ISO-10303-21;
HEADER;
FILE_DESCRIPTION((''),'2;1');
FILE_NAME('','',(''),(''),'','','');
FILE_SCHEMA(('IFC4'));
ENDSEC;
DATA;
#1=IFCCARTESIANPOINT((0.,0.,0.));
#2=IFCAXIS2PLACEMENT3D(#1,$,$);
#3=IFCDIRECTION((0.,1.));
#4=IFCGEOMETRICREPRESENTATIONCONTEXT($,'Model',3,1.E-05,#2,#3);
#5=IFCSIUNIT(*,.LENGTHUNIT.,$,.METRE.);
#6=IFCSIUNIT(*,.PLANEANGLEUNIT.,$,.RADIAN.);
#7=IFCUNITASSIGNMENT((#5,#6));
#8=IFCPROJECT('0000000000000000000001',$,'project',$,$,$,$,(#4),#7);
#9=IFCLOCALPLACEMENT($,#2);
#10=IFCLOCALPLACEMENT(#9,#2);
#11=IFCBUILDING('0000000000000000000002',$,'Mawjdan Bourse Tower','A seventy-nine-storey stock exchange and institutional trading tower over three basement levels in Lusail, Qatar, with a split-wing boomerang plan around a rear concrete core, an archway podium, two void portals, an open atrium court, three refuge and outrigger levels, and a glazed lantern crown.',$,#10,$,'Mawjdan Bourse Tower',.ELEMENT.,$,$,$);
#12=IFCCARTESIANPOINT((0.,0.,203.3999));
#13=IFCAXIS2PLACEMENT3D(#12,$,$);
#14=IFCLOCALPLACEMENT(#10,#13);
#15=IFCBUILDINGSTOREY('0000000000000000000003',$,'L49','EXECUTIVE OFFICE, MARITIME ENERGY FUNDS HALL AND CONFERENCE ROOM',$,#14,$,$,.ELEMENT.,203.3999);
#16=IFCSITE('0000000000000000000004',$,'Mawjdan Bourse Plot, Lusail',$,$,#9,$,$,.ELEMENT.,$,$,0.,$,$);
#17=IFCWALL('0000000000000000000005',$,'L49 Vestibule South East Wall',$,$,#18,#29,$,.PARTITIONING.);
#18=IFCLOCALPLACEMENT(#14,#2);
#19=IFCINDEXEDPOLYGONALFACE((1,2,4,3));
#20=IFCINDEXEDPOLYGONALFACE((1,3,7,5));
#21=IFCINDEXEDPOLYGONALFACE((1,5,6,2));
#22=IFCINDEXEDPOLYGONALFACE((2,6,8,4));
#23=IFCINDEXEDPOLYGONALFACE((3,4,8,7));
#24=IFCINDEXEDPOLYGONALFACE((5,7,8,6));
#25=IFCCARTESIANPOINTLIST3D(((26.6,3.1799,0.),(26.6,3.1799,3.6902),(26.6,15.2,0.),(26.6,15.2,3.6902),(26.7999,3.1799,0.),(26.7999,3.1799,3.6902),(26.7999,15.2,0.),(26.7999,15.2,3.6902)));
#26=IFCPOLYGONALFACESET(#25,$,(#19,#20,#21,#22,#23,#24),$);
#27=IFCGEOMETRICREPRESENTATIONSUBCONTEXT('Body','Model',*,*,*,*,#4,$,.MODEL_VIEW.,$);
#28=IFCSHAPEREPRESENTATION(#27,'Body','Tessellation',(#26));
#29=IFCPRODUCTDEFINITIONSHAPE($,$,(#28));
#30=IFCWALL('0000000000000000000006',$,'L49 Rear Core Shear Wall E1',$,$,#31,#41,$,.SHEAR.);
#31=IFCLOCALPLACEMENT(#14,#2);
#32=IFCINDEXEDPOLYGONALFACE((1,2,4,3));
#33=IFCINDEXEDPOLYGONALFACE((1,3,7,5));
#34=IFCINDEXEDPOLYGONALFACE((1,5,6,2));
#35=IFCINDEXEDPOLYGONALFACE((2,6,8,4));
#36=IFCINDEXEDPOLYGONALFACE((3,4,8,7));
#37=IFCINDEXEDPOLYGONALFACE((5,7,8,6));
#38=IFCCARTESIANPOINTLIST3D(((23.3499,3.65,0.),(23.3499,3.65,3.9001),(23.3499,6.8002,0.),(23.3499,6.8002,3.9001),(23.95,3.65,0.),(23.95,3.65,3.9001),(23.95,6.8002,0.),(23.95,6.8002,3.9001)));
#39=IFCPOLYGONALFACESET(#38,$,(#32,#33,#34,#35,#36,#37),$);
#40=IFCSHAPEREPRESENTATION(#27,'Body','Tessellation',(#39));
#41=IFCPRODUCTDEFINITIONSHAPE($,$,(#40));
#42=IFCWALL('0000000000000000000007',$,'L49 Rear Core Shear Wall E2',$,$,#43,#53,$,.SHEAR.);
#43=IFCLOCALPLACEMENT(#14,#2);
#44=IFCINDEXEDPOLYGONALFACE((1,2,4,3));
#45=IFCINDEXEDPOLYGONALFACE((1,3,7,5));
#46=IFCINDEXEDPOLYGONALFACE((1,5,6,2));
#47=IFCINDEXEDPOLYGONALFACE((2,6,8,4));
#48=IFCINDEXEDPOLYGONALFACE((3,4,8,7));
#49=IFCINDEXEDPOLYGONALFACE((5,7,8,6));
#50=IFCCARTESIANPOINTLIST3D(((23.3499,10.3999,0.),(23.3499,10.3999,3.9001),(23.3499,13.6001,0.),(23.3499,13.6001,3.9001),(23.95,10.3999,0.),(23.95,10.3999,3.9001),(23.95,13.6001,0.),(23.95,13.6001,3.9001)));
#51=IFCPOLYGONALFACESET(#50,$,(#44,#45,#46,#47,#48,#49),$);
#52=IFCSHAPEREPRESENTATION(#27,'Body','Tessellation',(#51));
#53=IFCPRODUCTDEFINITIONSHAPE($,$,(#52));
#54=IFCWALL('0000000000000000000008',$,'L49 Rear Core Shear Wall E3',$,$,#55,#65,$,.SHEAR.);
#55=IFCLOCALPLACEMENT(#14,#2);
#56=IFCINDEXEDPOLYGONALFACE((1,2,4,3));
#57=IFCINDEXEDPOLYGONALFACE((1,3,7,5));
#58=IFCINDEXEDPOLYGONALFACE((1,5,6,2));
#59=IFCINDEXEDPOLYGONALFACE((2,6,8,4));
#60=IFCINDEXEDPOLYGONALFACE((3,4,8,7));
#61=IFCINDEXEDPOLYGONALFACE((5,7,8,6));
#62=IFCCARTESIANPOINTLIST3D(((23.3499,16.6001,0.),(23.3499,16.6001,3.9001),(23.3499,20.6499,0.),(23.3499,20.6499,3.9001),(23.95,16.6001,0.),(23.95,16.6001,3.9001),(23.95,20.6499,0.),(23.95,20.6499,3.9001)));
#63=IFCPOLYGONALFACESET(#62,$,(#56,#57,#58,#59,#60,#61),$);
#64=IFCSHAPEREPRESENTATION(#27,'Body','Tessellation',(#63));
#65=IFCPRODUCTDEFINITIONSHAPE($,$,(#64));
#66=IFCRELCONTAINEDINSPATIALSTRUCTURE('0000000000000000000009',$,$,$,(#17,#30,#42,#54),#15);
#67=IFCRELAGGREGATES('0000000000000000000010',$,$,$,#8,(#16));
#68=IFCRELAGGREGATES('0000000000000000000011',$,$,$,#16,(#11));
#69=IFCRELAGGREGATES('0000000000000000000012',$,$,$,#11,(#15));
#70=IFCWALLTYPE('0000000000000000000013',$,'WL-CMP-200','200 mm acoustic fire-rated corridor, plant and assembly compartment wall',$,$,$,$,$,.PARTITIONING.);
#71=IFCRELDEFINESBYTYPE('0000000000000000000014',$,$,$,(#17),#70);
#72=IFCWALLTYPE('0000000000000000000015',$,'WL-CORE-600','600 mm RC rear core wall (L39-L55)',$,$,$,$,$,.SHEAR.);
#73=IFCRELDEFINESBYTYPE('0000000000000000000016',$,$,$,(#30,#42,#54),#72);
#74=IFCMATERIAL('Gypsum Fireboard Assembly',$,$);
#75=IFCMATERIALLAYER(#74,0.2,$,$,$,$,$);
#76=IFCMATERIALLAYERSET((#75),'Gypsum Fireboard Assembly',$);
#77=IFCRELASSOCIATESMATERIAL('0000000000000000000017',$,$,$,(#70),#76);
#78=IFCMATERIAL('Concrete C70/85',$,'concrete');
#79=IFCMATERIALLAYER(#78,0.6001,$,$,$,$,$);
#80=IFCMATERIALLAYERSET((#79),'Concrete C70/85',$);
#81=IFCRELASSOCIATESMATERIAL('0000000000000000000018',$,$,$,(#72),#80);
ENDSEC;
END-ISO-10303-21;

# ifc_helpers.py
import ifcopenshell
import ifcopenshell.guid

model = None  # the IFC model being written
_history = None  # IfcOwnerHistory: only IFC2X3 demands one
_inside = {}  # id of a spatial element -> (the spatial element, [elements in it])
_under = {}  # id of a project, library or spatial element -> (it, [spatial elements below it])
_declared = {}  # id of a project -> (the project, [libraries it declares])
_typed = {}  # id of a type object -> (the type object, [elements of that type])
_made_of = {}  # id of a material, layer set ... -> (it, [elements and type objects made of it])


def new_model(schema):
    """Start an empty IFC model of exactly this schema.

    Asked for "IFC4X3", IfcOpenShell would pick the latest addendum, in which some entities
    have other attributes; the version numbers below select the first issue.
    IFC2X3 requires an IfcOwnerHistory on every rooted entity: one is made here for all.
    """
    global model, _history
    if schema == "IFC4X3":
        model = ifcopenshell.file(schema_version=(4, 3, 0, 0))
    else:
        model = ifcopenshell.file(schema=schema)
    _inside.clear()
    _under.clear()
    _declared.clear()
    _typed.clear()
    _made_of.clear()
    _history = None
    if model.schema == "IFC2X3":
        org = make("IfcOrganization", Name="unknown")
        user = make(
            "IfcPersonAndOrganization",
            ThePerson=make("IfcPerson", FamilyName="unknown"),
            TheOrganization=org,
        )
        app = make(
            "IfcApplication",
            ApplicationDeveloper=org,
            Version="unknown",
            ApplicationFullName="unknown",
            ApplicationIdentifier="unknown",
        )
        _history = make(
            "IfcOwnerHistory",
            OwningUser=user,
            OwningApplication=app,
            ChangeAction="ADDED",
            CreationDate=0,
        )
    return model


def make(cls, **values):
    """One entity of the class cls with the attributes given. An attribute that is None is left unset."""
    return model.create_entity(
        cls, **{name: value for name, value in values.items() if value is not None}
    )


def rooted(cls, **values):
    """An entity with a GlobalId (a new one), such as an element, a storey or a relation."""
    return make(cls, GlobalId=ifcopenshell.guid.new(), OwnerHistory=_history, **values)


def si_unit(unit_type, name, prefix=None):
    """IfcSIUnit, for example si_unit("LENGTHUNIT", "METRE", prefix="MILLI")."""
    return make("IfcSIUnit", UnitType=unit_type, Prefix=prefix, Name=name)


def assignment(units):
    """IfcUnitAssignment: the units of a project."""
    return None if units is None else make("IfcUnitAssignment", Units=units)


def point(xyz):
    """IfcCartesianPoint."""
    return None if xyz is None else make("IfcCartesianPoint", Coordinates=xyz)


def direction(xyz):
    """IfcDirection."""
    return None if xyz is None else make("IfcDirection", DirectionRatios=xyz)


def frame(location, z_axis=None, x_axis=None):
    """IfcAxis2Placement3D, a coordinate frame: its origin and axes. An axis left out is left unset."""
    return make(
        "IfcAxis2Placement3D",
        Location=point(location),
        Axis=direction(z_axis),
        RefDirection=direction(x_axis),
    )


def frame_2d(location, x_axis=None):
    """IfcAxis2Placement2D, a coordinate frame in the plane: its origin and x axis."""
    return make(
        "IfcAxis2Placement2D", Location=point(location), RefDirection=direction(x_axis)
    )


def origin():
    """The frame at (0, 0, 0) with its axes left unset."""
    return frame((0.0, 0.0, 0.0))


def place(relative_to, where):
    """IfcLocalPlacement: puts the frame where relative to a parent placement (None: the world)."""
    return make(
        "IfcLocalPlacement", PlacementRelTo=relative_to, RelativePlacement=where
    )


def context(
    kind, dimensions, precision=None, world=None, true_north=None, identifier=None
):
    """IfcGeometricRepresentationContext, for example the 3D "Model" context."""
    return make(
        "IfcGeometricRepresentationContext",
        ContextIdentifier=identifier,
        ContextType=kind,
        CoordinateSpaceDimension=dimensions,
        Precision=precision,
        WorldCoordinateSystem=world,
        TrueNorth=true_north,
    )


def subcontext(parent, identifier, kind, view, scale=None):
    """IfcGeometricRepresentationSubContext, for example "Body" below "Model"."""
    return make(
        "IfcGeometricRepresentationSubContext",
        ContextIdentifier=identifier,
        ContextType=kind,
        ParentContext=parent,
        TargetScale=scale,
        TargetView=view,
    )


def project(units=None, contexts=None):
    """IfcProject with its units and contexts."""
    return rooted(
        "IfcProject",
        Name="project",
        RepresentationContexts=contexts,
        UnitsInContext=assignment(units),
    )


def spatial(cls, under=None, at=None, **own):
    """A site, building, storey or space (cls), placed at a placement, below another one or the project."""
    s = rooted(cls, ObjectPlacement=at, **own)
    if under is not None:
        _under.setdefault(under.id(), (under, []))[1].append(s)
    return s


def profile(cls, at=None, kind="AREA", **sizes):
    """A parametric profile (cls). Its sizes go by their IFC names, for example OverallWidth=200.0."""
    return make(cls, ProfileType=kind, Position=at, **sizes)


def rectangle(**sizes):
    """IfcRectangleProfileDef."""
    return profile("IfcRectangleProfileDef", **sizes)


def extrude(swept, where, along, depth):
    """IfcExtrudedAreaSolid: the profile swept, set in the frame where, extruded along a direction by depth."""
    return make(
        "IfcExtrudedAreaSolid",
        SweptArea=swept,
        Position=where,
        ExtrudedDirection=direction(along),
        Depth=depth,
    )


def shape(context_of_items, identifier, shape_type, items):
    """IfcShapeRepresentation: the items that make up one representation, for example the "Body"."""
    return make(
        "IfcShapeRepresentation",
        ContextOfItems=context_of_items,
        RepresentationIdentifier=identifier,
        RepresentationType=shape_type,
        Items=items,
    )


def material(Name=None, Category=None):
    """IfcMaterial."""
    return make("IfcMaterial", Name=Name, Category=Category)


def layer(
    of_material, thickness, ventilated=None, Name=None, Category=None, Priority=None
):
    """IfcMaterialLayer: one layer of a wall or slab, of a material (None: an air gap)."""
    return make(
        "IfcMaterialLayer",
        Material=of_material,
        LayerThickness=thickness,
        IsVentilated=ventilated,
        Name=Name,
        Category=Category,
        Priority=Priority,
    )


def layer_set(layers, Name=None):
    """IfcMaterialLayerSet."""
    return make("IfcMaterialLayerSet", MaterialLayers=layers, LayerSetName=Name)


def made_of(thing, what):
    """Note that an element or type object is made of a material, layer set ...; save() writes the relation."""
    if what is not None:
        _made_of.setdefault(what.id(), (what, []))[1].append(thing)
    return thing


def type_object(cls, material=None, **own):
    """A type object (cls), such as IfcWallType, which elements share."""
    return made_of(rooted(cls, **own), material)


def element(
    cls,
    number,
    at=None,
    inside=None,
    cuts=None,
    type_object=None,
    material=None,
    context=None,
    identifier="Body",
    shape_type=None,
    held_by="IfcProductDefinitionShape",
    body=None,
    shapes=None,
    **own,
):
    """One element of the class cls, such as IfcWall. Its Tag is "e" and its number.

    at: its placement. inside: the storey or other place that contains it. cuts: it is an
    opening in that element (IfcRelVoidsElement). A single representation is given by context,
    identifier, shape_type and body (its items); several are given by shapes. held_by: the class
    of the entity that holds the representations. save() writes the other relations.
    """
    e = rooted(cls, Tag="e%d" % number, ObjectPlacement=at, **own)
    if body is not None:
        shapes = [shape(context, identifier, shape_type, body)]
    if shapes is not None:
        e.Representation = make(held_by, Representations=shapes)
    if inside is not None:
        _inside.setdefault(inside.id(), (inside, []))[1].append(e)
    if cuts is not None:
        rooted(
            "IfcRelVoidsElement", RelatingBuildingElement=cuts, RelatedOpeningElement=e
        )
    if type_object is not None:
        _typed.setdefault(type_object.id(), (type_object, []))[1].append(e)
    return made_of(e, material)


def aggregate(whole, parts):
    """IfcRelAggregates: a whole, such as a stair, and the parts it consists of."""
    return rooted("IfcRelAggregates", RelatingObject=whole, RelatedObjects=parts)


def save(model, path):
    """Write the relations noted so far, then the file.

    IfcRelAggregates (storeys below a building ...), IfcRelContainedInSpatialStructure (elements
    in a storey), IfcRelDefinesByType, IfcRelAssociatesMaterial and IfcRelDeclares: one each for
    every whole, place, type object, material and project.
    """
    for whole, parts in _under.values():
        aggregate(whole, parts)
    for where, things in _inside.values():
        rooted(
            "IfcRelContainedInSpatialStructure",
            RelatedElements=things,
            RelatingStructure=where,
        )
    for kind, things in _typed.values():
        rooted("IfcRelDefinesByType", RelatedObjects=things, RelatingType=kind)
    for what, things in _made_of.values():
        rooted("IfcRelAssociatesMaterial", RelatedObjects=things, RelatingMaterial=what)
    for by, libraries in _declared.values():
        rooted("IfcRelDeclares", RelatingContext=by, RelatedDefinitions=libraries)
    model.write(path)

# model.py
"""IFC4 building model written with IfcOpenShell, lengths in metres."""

from ifc_helpers import new_model, si_unit, direction, frame, frame_2d, origin, place, context, subcontext, project, spatial, rectangle, extrude, material, layer, layer_set, type_object, element, save


model = new_model("IFC4")

# Units and contexts
model_context = context("Model", 3, precision=1e-05, world=origin(), true_north=direction((0.0, 1.0)))
body_context = subcontext(model_context, "Body", "Model", "MODEL_VIEW")
ifc_project = project(units=[si_unit("LENGTHUNIT", "METRE"), si_unit("PLANEANGLEUNIT", "RADIAN")], contexts=[model_context])

# Site, building, storey
site_placement = place(None, origin())
site = spatial("IfcSite", under=ifc_project, at=site_placement, Name="Mawjdan Bourse Plot, Lusail", CompositionType="ELEMENT", RefElevation=0.0)
building_placement = place(site_placement, origin())
building = spatial("IfcBuilding", under=site, at=building_placement, Name="Mawjdan Bourse Tower", Description="A seventy-nine-storey stock exchange and institutional trading tower over three basement levels in Lusail, Qatar, with a split-wing boomerang plan around a rear concrete core, an archway podium, two void portals, an open atrium court, three refuge and outrigger levels, and a glazed lantern crown.", LongName="Mawjdan Bourse Tower", CompositionType="ELEMENT")
storey_placement = place(building_placement, frame((0.0, 0.0, 203.3999)))
storey = spatial("IfcBuildingStorey", under=building, at=storey_placement, Name="L49", Description="EXECUTIVE OFFICE, MARITIME ENERGY FUNDS HALL AND CONFERENCE ROOM", CompositionType="ELEMENT", Elevation=203.3999)

# Shared definitions
ifc_material_1 = material(Name="Concrete C70/85", Category="concrete")

# Shared definitions
ifc_material_2 = material(Name="Gypsum Fireboard Assembly")
ifc_layer_1 = layer(ifc_material_2, 0.2)
ifc_layer_set_1 = layer_set([ifc_layer_1], Name="Gypsum Fireboard Assembly")
wall_type_1 = type_object("IfcWallType", Name="WL-CMP-200", Description="200 mm acoustic fire-rated corridor, plant and assembly compartment wall", PredefinedType="PARTITIONING", material=ifc_layer_set_1)

# Walls
wall_1_placement = place(storey_placement, frame((26.7, 3.1799, 0.0), z_axis=(0.0, 0.0, 1.0), x_axis=(0.0, 1.0, 0.0)))
element("IfcWall", 1, at=wall_1_placement, inside=storey, type_object=wall_type_1, Name="L49 Vestibule South East Wall", PredefinedType="PARTITIONING", context=body_context, shape_type="SweptSolid", body=[
    extrude(rectangle(XDim=12.02, YDim=0.2, at=frame_2d((6.01, 0.0))), origin(), (0.0, 0.0, 1.0), 3.6902),
])
ifc_layer_2 = layer(ifc_material_1, 0.6001)
ifc_layer_set_2 = layer_set([ifc_layer_2], Name="Concrete C70/85")
wall_type_2 = type_object("IfcWallType", Name="WL-CORE-600", Description="600 mm RC rear core wall (L39-L55)", PredefinedType="SHEAR", material=ifc_layer_set_2)
wall_2_placement = place(storey_placement, frame((23.6499, 3.6499, 0.0), z_axis=(0.0, 0.0, 1.0), x_axis=(0.0, 1.0, 0.0)))
element("IfcWall", 2, at=wall_2_placement, inside=storey, type_object=wall_type_2, Name="L49 Rear Core Shear Wall E1", PredefinedType="SHEAR", context=body_context, shape_type="SweptSolid", body=[
    extrude(rectangle(XDim=3.1501, YDim=0.6001, at=frame_2d((1.5752, 0.0))), origin(), (0.0, 0.0, 1.0), 3.9001),
])
wall_3_placement = place(storey_placement, frame((23.6499, 10.3999, 0.0), z_axis=(0.0, 0.0, 1.0), x_axis=(0.0, 1.0, 0.0)))
element("IfcWall", 3, at=wall_3_placement, inside=storey, type_object=wall_type_2, Name="L49 Rear Core Shear Wall E2", PredefinedType="SHEAR", context=body_context, shape_type="SweptSolid", body=[
    extrude(rectangle(XDim=3.2002, YDim=0.6001, at=frame_2d((1.6001, 0.0))), origin(), (0.0, 0.0, 1.0), 3.9001),
])
wall_4_placement = place(storey_placement, frame((23.6499, 16.6001, 0.0), z_axis=(0.0, 0.0, 1.0), x_axis=(0.0, 1.0, 0.0)))
element("IfcWall", 4, at=wall_4_placement, inside=storey, type_object=wall_type_2, Name="L49 Rear Core Shear Wall E3", PredefinedType="SHEAR", context=body_context, shape_type="SweptSolid", body=[
    extrude(rectangle(XDim=4.0498, YDim=0.6001, at=frame_2d((2.0249, 0.0))), origin(), (0.0, 0.0, 1.0), 3.9001),
])

save(model, "model.ifc")
